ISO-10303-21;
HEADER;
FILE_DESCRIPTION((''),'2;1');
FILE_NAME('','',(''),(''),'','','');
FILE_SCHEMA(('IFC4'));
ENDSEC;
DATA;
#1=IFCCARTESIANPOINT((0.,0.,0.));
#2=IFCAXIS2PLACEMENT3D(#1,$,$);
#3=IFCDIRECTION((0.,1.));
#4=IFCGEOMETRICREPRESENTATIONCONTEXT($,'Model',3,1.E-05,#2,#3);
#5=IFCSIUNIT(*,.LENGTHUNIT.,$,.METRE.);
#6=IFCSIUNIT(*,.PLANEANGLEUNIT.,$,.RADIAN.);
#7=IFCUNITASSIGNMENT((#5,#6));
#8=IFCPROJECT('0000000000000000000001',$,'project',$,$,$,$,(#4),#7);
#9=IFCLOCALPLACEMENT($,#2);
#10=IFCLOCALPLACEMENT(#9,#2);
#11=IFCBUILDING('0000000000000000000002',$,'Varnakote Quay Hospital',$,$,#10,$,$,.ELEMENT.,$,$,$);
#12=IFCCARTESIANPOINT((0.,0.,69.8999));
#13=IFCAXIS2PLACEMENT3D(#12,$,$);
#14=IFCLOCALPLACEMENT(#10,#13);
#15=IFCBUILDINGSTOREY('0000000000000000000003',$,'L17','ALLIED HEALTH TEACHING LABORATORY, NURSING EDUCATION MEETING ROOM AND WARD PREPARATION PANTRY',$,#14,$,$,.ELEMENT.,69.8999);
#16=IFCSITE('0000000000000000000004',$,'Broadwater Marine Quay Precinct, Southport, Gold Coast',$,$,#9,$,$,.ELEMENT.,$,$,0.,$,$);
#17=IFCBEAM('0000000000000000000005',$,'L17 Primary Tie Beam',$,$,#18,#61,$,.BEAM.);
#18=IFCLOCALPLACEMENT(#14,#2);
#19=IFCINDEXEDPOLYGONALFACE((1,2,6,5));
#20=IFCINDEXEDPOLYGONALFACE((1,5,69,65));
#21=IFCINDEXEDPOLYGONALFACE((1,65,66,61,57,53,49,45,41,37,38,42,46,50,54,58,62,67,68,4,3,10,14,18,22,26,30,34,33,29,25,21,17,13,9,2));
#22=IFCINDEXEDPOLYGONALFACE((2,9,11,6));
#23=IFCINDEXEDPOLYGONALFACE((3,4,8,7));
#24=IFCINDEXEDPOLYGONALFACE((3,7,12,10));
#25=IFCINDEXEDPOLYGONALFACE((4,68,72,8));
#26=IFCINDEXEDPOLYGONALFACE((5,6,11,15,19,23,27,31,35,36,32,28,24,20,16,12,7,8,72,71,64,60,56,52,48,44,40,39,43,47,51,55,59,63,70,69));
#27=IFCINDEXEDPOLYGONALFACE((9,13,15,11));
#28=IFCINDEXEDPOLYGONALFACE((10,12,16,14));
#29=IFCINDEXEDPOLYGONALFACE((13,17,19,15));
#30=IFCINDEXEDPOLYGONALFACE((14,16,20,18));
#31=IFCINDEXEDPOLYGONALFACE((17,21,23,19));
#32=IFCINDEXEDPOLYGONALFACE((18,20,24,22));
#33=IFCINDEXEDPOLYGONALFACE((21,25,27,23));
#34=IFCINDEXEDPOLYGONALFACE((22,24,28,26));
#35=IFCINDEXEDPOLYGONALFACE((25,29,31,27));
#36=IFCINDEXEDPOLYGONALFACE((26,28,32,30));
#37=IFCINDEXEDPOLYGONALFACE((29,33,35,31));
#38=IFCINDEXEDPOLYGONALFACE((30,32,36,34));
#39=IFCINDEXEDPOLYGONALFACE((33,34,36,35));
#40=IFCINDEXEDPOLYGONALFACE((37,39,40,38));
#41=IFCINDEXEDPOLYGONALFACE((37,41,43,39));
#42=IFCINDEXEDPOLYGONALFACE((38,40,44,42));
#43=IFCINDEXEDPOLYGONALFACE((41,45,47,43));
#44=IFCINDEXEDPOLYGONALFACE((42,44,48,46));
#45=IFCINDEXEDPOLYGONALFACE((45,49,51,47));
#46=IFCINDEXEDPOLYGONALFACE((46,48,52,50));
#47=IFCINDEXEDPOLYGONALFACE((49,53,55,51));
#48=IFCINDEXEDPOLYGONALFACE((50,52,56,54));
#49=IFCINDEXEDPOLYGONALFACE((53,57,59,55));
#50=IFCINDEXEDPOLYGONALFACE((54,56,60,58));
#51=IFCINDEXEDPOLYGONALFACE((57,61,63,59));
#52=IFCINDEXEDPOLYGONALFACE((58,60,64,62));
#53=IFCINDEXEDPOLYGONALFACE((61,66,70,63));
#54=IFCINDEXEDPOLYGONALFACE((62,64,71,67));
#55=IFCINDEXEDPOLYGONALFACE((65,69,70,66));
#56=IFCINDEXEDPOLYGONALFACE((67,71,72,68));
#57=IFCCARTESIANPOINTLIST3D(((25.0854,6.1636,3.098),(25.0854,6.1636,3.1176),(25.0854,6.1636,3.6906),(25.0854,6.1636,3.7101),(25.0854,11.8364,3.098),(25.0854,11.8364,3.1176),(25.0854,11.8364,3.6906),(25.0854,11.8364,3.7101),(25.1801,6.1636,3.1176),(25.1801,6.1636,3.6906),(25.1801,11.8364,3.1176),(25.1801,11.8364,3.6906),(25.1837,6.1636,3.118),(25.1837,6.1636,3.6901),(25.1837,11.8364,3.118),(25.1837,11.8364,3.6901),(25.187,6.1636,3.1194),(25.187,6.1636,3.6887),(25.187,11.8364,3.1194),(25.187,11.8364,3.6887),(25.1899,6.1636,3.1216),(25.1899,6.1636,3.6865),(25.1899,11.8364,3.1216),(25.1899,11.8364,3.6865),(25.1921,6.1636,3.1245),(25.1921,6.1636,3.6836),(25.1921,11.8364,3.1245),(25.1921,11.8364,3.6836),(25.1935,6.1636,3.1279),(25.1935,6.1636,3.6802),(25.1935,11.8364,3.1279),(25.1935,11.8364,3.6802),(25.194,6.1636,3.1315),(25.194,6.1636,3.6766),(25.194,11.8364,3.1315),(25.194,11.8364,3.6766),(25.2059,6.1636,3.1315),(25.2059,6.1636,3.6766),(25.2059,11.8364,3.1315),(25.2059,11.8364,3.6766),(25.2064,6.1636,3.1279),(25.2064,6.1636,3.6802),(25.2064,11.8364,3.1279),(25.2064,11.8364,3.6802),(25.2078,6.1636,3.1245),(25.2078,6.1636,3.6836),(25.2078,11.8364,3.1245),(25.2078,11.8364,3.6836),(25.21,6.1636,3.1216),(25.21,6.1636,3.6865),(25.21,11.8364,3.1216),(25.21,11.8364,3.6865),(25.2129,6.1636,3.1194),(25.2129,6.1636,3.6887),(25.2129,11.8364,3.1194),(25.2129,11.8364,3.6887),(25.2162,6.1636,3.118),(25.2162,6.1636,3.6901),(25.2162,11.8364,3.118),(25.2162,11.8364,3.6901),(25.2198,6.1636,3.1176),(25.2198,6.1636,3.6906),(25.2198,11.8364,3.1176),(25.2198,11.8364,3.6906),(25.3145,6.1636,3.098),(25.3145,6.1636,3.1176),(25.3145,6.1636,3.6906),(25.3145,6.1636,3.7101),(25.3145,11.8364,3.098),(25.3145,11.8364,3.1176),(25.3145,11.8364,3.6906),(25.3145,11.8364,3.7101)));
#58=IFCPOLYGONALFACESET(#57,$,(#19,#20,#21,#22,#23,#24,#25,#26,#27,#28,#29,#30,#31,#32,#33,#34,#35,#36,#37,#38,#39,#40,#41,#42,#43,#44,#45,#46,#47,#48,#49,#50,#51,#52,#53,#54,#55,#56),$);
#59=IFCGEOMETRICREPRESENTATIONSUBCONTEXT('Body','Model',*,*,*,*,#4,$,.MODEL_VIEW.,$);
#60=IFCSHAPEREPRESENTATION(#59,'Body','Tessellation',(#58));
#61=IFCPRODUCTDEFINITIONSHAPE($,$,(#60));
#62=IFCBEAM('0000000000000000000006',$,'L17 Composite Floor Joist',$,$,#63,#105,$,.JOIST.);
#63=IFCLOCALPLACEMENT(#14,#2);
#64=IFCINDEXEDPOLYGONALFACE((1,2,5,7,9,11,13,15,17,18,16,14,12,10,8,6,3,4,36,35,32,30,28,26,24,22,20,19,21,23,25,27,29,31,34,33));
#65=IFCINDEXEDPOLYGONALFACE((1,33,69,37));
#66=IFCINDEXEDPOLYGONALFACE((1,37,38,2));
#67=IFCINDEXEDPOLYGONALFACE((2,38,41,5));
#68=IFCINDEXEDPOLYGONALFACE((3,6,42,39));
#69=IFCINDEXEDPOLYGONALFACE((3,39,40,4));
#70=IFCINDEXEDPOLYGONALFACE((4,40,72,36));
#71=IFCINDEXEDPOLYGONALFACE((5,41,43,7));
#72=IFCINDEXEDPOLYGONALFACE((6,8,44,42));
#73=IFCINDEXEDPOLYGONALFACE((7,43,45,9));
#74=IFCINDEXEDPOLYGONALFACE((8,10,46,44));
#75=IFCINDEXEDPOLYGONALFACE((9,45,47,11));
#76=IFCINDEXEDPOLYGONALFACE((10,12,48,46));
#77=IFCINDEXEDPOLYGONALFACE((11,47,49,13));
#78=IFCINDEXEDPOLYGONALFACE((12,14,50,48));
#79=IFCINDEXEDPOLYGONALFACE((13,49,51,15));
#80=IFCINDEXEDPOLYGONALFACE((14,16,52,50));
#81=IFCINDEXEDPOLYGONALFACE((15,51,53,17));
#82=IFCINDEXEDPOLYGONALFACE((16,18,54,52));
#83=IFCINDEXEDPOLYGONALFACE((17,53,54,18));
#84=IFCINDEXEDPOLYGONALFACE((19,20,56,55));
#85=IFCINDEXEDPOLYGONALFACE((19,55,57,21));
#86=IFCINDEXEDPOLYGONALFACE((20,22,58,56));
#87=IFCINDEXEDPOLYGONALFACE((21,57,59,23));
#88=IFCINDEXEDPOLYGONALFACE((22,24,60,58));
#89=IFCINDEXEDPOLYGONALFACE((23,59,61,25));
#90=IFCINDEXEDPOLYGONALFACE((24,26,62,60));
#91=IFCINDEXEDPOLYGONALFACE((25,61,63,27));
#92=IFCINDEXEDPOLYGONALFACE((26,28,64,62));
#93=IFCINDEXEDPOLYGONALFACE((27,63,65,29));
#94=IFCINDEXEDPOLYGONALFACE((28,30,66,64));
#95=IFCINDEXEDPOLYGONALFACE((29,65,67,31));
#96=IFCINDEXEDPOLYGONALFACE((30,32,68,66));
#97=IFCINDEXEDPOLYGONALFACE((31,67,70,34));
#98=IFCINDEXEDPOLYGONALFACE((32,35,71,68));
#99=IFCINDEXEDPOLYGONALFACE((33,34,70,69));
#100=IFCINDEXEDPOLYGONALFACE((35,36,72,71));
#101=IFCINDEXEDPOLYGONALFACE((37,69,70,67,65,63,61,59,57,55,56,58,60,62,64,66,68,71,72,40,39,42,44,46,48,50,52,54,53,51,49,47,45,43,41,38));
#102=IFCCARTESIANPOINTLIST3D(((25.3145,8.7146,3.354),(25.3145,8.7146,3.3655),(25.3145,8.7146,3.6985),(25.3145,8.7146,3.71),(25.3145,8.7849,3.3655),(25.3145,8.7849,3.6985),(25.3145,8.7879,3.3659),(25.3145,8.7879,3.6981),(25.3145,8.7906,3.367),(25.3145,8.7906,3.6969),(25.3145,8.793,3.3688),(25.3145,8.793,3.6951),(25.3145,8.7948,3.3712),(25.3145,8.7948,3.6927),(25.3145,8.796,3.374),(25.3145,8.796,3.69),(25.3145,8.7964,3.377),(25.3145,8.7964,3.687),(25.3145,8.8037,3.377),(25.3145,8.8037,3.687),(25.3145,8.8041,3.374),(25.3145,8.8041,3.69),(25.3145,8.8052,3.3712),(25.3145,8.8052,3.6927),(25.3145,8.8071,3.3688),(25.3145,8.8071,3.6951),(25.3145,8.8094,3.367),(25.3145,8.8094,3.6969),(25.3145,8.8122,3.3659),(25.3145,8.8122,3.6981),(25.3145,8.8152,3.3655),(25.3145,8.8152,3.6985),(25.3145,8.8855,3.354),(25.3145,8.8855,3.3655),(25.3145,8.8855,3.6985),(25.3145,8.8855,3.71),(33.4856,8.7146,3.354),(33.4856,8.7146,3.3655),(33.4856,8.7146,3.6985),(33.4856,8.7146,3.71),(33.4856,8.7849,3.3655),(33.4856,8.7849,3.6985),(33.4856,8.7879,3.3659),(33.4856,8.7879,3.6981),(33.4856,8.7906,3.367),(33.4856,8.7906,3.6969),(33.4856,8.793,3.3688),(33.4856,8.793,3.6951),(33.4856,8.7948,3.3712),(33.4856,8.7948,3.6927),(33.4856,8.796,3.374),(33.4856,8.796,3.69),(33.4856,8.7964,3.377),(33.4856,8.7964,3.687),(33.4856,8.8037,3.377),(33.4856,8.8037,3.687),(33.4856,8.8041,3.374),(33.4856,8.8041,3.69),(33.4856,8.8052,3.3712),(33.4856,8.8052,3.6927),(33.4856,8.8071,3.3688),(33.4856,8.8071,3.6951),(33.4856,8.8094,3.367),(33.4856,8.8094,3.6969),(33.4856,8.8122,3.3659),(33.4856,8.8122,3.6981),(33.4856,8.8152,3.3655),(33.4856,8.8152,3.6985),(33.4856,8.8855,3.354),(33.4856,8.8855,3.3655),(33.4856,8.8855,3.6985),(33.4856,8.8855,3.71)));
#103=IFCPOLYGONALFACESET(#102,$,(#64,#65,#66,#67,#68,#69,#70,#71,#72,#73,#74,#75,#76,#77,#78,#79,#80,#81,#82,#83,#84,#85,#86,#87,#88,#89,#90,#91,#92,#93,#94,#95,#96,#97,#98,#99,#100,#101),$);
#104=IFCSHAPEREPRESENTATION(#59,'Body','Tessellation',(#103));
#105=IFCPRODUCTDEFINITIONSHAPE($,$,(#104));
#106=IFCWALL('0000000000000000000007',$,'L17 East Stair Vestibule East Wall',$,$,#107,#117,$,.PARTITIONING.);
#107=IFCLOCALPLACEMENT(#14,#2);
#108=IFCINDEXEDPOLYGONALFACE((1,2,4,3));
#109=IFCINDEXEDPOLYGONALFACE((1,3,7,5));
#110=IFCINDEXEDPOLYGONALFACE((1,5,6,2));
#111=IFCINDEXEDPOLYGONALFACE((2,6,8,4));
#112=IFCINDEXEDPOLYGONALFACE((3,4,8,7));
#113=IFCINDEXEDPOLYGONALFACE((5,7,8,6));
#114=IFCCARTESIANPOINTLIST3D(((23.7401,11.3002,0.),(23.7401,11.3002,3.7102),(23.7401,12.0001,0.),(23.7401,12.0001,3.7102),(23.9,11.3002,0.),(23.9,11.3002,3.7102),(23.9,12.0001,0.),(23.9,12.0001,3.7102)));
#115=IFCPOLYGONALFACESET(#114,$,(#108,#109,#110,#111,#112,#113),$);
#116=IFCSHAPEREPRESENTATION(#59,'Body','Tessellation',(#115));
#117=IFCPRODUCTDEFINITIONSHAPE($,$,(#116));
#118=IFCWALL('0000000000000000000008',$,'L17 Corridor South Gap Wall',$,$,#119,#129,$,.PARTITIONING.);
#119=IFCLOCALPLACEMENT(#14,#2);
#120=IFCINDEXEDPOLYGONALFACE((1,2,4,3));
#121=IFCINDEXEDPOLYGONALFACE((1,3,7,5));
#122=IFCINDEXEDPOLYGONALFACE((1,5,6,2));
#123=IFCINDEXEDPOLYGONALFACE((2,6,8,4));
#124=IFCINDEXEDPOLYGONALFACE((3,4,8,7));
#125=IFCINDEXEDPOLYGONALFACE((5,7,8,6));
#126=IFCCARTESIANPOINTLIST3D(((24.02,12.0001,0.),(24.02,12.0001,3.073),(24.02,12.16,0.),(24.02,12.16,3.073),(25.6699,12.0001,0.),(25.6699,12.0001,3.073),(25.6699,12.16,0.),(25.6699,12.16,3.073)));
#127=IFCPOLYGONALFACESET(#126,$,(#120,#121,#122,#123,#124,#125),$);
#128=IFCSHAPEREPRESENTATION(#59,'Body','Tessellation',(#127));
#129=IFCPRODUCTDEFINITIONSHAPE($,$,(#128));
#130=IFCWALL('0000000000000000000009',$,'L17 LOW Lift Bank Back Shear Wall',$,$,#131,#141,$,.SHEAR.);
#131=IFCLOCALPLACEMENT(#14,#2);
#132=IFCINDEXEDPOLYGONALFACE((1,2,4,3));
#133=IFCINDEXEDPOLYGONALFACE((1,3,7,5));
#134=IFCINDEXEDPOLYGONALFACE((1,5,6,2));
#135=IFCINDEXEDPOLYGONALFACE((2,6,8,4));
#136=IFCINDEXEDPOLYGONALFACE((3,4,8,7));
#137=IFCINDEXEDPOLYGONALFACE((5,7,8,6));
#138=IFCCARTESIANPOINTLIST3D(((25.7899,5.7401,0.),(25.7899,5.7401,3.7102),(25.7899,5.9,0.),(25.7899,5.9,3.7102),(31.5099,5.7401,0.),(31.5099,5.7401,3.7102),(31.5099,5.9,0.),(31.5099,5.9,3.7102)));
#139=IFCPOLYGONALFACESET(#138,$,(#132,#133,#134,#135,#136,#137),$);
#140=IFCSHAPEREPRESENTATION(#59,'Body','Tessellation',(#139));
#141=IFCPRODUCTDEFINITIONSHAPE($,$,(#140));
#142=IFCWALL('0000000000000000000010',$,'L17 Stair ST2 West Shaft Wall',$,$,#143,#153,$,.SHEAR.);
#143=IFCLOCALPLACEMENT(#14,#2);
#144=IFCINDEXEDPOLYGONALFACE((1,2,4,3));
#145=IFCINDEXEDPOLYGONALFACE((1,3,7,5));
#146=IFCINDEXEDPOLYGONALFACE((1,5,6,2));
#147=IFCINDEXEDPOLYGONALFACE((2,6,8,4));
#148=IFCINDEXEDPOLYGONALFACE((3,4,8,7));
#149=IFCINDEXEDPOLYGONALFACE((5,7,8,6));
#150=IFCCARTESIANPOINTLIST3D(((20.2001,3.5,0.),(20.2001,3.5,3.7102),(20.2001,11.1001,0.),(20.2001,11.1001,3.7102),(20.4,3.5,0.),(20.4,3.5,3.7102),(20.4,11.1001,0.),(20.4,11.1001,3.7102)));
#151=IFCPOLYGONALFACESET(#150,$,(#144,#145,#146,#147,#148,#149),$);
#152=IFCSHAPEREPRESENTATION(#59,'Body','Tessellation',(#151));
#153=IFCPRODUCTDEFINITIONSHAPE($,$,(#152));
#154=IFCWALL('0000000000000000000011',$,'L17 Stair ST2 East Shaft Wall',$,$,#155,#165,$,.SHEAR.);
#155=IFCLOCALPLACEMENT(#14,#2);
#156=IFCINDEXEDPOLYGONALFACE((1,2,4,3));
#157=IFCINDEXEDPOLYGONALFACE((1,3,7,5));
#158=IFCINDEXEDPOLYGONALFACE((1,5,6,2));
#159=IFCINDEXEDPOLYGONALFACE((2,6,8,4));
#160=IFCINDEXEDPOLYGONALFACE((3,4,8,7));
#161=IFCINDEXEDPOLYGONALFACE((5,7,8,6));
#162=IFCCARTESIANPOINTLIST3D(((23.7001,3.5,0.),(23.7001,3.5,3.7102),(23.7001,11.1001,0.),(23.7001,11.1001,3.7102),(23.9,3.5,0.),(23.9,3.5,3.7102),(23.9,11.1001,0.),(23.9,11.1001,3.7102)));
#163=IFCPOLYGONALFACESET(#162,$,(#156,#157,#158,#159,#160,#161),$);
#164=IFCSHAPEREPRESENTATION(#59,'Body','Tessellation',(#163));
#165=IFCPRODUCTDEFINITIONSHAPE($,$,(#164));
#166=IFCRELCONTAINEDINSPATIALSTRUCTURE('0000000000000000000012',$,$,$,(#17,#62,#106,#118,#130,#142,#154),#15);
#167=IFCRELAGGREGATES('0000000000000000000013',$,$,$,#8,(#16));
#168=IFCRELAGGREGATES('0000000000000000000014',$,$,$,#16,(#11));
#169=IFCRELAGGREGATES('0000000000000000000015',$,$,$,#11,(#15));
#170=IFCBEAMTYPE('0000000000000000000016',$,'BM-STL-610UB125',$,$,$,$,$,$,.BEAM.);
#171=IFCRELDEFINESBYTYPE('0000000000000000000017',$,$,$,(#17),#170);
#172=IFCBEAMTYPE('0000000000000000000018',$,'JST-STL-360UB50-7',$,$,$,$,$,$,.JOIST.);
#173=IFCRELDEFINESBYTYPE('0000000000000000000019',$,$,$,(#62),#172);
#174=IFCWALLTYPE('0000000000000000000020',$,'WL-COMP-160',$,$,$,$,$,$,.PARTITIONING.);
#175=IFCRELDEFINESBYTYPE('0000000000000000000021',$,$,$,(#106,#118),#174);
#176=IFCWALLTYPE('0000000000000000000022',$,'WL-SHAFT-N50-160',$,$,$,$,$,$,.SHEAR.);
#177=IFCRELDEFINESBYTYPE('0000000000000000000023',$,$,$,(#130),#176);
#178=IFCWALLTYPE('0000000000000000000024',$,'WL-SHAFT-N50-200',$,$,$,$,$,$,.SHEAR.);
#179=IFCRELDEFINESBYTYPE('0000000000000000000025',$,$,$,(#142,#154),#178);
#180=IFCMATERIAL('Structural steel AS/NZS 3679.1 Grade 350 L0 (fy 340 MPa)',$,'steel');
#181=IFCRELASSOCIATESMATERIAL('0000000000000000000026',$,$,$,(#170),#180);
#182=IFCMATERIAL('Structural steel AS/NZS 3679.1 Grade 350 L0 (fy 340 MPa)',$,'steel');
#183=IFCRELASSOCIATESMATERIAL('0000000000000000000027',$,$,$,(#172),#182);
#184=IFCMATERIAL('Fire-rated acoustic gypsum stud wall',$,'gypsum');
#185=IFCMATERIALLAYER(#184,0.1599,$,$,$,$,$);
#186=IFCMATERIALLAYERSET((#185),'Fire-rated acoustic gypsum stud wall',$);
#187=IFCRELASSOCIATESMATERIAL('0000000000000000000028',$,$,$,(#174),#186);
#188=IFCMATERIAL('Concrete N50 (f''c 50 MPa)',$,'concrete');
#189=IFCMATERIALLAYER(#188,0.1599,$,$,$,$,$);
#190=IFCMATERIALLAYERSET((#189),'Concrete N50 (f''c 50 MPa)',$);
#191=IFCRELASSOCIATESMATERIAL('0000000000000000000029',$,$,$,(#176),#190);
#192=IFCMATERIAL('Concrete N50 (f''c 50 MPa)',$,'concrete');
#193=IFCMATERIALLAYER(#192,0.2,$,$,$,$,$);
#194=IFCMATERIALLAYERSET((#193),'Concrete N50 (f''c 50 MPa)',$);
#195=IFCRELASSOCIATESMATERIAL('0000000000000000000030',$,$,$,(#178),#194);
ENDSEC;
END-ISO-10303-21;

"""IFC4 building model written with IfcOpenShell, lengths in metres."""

from ifc_helpers import new_model, si_unit, direction, frame, frame_2d, origin, origin_2d, place, context, subcontext, project, spatial, rectangle, i_section, extrude, material, layer, layer_set, material_profile, profile_set, type_object, element, save


model = new_model("IFC4")

# Units and contexts
model_context = context("Model", 3, precision=1e-05, world=origin(), true_north=direction((0.0, 1.0)))
body_context = subcontext(model_context, "Body", "Model", "MODEL_VIEW")
ifc_project = project(units=[si_unit("LENGTHUNIT", "METRE"), si_unit("PLANEANGLEUNIT", "RADIAN")], contexts=[model_context])

# Site, building, storey
site_placement = place(None, origin())
site = spatial("IfcSite", under=ifc_project, at=site_placement, Name="Broadwater Marine Quay Precinct, Southport, Gold Coast", CompositionType="ELEMENT", RefElevation=0.0)
building_placement = place(site_placement, origin())
building = spatial("IfcBuilding", under=site, at=building_placement, Name="Varnakote Quay Hospital", CompositionType="ELEMENT")
storey_placement = place(building_placement, frame((0.0, 0.0, 69.8999)))
storey = spatial("IfcBuildingStorey", under=building, at=storey_placement, Name="L17", Description="ALLIED HEALTH TEACHING LABORATORY, NURSING EDUCATION MEETING ROOM AND WARD PREPARATION PANTRY", CompositionType="ELEMENT", Elevation=69.8999)

# Beams
ifc_material_1 = material(Name="Structural steel AS/NZS 3679.1 Grade 350 L0 (fy 340 MPa)", Category="steel")
ifc_material_profile_1 = material_profile(ifc_material_1, i_section(OverallWidth=0.229, OverallDepth=0.6121, WebThickness=0.012, FlangeThickness=0.0195, FilletRadius=0.0139, at=origin_2d()), Name="610UB125")
ifc_profile_set_1 = profile_set([ifc_material_profile_1], Name="Structural steel AS/NZS 3679.1 Grade 350 L0 (fy 340 MPa)")
beam_type_1 = type_object("IfcBeamType", Name="BM-STL-610UB125", PredefinedType="BEAM", material=ifc_profile_set_1)
beam_1_placement = place(storey_placement, frame((25.2, 6.1636, 3.4041), z_axis=(0.0, 1.0, 0.0), x_axis=(-1.0, 0.0, 0.0)))
element("IfcBeam", 1, at=beam_1_placement, inside=storey, type_object=beam_type_1, Name="L17 Primary Tie Beam", PredefinedType="BEAM", context=body_context, shape_type="SweptSolid", body=[
    extrude(i_section(OverallWidth=0.229, OverallDepth=0.6121, WebThickness=0.012, FlangeThickness=0.0195, FilletRadius=0.0139, at=origin_2d()), origin(), (0.0, 0.0, 1.0), 5.6729),
])
ifc_material_2 = material(Name="Structural steel AS/NZS 3679.1 Grade 350 L0 (fy 340 MPa)", Category="steel")
ifc_material_profile_2 = material_profile(ifc_material_2, i_section(OverallWidth=0.1709, OverallDepth=0.356, WebThickness=0.0073, FlangeThickness=0.0115, FilletRadius=0.0115, at=origin_2d()), Name="360UB50.7")
ifc_profile_set_2 = profile_set([ifc_material_profile_2], Name="Structural steel AS/NZS 3679.1 Grade 350 L0 (fy 340 MPa)")
beam_type_2 = type_object("IfcBeamType", Name="JST-STL-360UB50-7", PredefinedType="JOIST", material=ifc_profile_set_2)
beam_2_placement = place(storey_placement, frame((25.3145, 8.8, 3.532), z_axis=(1.0, 0.0, 0.0), x_axis=(0.0, 1.0, 0.0)))
element("IfcBeam", 2, at=beam_2_placement, inside=storey, type_object=beam_type_2, Name="L17 Composite Floor Joist", PredefinedType="JOIST", context=body_context, shape_type="SweptSolid", body=[
    extrude(i_section(OverallWidth=0.1709, OverallDepth=0.356, WebThickness=0.0073, FlangeThickness=0.0115, FilletRadius=0.0115, at=origin_2d()), origin(), (0.0, 0.0, 1.0), 8.1711),
])

# Walls
ifc_material_3 = material(Name="Fire-rated acoustic gypsum stud wall", Category="gypsum")
ifc_layer_1 = layer(ifc_material_3, 0.1599)
ifc_layer_set_1 = layer_set([ifc_layer_1], Name="Fire-rated acoustic gypsum stud wall")
wall_type_1 = type_object("IfcWallType", Name="WL-COMP-160", PredefinedType="PARTITIONING", material=ifc_layer_set_1)
wall_1_placement = place(storey_placement, frame((23.8201, 11.3, 0.0), z_axis=(0.0, 0.0, 1.0), x_axis=(0.0, 1.0, 0.0)))
element("IfcWall", 3, at=wall_1_placement, inside=storey, type_object=wall_type_1, Name="L17 East Stair Vestibule East Wall", PredefinedType="PARTITIONING", context=body_context, shape_type="SweptSolid", body=[
    extrude(rectangle(XDim=0.7, YDim=0.1599, at=frame_2d((0.3501, 0.0))), origin(), (0.0, 0.0, 1.0), 3.7102),
])
wall_2_placement = place(storey_placement, frame((24.02, 12.0801, 0.0), z_axis=(0.0, 0.0, 1.0), x_axis=(1.0, 0.0, 0.0)))
element("IfcWall", 4, at=wall_2_placement, inside=storey, type_object=wall_type_1, Name="L17 Corridor South Gap Wall", PredefinedType="PARTITIONING", context=body_context, shape_type="SweptSolid", body=[
    extrude(rectangle(XDim=1.6499, YDim=0.1599, at=frame_2d((0.825, 0.0))), origin(), (0.0, 0.0, 1.0), 3.073),
])
ifc_material_4 = material(Name="Concrete N50 (f'c 50 MPa)", Category="concrete")
ifc_layer_2 = layer(ifc_material_4, 0.1599)
ifc_layer_set_2 = layer_set([ifc_layer_2], Name="Concrete N50 (f'c 50 MPa)")
wall_type_2 = type_object("IfcWallType", Name="WL-SHAFT-N50-160", PredefinedType="SHEAR", material=ifc_layer_set_2)
wall_3_placement = place(storey_placement, frame((25.79, 5.8201, 0.0), z_axis=(0.0, 0.0, 1.0), x_axis=(1.0, 0.0, 0.0)))
element("IfcWall", 5, at=wall_3_placement, inside=storey, type_object=wall_type_2, Name="L17 LOW Lift Bank Back Shear Wall", PredefinedType="SHEAR", context=body_context, shape_type="SweptSolid", body=[
    extrude(rectangle(XDim=5.72, YDim=0.1599, at=frame_2d((2.8599, 0.0))), origin(), (0.0, 0.0, 1.0), 3.7102),
])
ifc_material_5 = material(Name="Concrete N50 (f'c 50 MPa)", Category="concrete")
ifc_layer_3 = layer(ifc_material_5, 0.2)
ifc_layer_set_3 = layer_set([ifc_layer_3], Name="Concrete N50 (f'c 50 MPa)")
wall_type_3 = type_object("IfcWallType", Name="WL-SHAFT-N50-200", PredefinedType="SHEAR", material=ifc_layer_set_3)
for number, where, z_axis, x_axis, name in (
    (6, (20.3, 3.5, 0.0), (0.0, 0.0, 1.0), (0.0, 1.0, 0.0), "L17 Stair ST2 West Shaft Wall"),
    (7, (23.8, 3.5, 0.0), (0.0, 0.0, 1.0), (0.0, 1.0, 0.0), "L17 Stair ST2 East Shaft Wall"),
):
    element("IfcWall", number, at=place(storey_placement, frame(where, z_axis=z_axis, x_axis=x_axis)), inside=storey, type_object=wall_type_3, Name=name, PredefinedType="SHEAR", context=body_context, shape_type="SweptSolid", body=[
        extrude(rectangle(XDim=7.6001, YDim=0.2, at=frame_2d((3.8, 0.0))), origin(), (0.0, 0.0, 1.0), 3.7102),
    ])

save(model, "model.ifc")
